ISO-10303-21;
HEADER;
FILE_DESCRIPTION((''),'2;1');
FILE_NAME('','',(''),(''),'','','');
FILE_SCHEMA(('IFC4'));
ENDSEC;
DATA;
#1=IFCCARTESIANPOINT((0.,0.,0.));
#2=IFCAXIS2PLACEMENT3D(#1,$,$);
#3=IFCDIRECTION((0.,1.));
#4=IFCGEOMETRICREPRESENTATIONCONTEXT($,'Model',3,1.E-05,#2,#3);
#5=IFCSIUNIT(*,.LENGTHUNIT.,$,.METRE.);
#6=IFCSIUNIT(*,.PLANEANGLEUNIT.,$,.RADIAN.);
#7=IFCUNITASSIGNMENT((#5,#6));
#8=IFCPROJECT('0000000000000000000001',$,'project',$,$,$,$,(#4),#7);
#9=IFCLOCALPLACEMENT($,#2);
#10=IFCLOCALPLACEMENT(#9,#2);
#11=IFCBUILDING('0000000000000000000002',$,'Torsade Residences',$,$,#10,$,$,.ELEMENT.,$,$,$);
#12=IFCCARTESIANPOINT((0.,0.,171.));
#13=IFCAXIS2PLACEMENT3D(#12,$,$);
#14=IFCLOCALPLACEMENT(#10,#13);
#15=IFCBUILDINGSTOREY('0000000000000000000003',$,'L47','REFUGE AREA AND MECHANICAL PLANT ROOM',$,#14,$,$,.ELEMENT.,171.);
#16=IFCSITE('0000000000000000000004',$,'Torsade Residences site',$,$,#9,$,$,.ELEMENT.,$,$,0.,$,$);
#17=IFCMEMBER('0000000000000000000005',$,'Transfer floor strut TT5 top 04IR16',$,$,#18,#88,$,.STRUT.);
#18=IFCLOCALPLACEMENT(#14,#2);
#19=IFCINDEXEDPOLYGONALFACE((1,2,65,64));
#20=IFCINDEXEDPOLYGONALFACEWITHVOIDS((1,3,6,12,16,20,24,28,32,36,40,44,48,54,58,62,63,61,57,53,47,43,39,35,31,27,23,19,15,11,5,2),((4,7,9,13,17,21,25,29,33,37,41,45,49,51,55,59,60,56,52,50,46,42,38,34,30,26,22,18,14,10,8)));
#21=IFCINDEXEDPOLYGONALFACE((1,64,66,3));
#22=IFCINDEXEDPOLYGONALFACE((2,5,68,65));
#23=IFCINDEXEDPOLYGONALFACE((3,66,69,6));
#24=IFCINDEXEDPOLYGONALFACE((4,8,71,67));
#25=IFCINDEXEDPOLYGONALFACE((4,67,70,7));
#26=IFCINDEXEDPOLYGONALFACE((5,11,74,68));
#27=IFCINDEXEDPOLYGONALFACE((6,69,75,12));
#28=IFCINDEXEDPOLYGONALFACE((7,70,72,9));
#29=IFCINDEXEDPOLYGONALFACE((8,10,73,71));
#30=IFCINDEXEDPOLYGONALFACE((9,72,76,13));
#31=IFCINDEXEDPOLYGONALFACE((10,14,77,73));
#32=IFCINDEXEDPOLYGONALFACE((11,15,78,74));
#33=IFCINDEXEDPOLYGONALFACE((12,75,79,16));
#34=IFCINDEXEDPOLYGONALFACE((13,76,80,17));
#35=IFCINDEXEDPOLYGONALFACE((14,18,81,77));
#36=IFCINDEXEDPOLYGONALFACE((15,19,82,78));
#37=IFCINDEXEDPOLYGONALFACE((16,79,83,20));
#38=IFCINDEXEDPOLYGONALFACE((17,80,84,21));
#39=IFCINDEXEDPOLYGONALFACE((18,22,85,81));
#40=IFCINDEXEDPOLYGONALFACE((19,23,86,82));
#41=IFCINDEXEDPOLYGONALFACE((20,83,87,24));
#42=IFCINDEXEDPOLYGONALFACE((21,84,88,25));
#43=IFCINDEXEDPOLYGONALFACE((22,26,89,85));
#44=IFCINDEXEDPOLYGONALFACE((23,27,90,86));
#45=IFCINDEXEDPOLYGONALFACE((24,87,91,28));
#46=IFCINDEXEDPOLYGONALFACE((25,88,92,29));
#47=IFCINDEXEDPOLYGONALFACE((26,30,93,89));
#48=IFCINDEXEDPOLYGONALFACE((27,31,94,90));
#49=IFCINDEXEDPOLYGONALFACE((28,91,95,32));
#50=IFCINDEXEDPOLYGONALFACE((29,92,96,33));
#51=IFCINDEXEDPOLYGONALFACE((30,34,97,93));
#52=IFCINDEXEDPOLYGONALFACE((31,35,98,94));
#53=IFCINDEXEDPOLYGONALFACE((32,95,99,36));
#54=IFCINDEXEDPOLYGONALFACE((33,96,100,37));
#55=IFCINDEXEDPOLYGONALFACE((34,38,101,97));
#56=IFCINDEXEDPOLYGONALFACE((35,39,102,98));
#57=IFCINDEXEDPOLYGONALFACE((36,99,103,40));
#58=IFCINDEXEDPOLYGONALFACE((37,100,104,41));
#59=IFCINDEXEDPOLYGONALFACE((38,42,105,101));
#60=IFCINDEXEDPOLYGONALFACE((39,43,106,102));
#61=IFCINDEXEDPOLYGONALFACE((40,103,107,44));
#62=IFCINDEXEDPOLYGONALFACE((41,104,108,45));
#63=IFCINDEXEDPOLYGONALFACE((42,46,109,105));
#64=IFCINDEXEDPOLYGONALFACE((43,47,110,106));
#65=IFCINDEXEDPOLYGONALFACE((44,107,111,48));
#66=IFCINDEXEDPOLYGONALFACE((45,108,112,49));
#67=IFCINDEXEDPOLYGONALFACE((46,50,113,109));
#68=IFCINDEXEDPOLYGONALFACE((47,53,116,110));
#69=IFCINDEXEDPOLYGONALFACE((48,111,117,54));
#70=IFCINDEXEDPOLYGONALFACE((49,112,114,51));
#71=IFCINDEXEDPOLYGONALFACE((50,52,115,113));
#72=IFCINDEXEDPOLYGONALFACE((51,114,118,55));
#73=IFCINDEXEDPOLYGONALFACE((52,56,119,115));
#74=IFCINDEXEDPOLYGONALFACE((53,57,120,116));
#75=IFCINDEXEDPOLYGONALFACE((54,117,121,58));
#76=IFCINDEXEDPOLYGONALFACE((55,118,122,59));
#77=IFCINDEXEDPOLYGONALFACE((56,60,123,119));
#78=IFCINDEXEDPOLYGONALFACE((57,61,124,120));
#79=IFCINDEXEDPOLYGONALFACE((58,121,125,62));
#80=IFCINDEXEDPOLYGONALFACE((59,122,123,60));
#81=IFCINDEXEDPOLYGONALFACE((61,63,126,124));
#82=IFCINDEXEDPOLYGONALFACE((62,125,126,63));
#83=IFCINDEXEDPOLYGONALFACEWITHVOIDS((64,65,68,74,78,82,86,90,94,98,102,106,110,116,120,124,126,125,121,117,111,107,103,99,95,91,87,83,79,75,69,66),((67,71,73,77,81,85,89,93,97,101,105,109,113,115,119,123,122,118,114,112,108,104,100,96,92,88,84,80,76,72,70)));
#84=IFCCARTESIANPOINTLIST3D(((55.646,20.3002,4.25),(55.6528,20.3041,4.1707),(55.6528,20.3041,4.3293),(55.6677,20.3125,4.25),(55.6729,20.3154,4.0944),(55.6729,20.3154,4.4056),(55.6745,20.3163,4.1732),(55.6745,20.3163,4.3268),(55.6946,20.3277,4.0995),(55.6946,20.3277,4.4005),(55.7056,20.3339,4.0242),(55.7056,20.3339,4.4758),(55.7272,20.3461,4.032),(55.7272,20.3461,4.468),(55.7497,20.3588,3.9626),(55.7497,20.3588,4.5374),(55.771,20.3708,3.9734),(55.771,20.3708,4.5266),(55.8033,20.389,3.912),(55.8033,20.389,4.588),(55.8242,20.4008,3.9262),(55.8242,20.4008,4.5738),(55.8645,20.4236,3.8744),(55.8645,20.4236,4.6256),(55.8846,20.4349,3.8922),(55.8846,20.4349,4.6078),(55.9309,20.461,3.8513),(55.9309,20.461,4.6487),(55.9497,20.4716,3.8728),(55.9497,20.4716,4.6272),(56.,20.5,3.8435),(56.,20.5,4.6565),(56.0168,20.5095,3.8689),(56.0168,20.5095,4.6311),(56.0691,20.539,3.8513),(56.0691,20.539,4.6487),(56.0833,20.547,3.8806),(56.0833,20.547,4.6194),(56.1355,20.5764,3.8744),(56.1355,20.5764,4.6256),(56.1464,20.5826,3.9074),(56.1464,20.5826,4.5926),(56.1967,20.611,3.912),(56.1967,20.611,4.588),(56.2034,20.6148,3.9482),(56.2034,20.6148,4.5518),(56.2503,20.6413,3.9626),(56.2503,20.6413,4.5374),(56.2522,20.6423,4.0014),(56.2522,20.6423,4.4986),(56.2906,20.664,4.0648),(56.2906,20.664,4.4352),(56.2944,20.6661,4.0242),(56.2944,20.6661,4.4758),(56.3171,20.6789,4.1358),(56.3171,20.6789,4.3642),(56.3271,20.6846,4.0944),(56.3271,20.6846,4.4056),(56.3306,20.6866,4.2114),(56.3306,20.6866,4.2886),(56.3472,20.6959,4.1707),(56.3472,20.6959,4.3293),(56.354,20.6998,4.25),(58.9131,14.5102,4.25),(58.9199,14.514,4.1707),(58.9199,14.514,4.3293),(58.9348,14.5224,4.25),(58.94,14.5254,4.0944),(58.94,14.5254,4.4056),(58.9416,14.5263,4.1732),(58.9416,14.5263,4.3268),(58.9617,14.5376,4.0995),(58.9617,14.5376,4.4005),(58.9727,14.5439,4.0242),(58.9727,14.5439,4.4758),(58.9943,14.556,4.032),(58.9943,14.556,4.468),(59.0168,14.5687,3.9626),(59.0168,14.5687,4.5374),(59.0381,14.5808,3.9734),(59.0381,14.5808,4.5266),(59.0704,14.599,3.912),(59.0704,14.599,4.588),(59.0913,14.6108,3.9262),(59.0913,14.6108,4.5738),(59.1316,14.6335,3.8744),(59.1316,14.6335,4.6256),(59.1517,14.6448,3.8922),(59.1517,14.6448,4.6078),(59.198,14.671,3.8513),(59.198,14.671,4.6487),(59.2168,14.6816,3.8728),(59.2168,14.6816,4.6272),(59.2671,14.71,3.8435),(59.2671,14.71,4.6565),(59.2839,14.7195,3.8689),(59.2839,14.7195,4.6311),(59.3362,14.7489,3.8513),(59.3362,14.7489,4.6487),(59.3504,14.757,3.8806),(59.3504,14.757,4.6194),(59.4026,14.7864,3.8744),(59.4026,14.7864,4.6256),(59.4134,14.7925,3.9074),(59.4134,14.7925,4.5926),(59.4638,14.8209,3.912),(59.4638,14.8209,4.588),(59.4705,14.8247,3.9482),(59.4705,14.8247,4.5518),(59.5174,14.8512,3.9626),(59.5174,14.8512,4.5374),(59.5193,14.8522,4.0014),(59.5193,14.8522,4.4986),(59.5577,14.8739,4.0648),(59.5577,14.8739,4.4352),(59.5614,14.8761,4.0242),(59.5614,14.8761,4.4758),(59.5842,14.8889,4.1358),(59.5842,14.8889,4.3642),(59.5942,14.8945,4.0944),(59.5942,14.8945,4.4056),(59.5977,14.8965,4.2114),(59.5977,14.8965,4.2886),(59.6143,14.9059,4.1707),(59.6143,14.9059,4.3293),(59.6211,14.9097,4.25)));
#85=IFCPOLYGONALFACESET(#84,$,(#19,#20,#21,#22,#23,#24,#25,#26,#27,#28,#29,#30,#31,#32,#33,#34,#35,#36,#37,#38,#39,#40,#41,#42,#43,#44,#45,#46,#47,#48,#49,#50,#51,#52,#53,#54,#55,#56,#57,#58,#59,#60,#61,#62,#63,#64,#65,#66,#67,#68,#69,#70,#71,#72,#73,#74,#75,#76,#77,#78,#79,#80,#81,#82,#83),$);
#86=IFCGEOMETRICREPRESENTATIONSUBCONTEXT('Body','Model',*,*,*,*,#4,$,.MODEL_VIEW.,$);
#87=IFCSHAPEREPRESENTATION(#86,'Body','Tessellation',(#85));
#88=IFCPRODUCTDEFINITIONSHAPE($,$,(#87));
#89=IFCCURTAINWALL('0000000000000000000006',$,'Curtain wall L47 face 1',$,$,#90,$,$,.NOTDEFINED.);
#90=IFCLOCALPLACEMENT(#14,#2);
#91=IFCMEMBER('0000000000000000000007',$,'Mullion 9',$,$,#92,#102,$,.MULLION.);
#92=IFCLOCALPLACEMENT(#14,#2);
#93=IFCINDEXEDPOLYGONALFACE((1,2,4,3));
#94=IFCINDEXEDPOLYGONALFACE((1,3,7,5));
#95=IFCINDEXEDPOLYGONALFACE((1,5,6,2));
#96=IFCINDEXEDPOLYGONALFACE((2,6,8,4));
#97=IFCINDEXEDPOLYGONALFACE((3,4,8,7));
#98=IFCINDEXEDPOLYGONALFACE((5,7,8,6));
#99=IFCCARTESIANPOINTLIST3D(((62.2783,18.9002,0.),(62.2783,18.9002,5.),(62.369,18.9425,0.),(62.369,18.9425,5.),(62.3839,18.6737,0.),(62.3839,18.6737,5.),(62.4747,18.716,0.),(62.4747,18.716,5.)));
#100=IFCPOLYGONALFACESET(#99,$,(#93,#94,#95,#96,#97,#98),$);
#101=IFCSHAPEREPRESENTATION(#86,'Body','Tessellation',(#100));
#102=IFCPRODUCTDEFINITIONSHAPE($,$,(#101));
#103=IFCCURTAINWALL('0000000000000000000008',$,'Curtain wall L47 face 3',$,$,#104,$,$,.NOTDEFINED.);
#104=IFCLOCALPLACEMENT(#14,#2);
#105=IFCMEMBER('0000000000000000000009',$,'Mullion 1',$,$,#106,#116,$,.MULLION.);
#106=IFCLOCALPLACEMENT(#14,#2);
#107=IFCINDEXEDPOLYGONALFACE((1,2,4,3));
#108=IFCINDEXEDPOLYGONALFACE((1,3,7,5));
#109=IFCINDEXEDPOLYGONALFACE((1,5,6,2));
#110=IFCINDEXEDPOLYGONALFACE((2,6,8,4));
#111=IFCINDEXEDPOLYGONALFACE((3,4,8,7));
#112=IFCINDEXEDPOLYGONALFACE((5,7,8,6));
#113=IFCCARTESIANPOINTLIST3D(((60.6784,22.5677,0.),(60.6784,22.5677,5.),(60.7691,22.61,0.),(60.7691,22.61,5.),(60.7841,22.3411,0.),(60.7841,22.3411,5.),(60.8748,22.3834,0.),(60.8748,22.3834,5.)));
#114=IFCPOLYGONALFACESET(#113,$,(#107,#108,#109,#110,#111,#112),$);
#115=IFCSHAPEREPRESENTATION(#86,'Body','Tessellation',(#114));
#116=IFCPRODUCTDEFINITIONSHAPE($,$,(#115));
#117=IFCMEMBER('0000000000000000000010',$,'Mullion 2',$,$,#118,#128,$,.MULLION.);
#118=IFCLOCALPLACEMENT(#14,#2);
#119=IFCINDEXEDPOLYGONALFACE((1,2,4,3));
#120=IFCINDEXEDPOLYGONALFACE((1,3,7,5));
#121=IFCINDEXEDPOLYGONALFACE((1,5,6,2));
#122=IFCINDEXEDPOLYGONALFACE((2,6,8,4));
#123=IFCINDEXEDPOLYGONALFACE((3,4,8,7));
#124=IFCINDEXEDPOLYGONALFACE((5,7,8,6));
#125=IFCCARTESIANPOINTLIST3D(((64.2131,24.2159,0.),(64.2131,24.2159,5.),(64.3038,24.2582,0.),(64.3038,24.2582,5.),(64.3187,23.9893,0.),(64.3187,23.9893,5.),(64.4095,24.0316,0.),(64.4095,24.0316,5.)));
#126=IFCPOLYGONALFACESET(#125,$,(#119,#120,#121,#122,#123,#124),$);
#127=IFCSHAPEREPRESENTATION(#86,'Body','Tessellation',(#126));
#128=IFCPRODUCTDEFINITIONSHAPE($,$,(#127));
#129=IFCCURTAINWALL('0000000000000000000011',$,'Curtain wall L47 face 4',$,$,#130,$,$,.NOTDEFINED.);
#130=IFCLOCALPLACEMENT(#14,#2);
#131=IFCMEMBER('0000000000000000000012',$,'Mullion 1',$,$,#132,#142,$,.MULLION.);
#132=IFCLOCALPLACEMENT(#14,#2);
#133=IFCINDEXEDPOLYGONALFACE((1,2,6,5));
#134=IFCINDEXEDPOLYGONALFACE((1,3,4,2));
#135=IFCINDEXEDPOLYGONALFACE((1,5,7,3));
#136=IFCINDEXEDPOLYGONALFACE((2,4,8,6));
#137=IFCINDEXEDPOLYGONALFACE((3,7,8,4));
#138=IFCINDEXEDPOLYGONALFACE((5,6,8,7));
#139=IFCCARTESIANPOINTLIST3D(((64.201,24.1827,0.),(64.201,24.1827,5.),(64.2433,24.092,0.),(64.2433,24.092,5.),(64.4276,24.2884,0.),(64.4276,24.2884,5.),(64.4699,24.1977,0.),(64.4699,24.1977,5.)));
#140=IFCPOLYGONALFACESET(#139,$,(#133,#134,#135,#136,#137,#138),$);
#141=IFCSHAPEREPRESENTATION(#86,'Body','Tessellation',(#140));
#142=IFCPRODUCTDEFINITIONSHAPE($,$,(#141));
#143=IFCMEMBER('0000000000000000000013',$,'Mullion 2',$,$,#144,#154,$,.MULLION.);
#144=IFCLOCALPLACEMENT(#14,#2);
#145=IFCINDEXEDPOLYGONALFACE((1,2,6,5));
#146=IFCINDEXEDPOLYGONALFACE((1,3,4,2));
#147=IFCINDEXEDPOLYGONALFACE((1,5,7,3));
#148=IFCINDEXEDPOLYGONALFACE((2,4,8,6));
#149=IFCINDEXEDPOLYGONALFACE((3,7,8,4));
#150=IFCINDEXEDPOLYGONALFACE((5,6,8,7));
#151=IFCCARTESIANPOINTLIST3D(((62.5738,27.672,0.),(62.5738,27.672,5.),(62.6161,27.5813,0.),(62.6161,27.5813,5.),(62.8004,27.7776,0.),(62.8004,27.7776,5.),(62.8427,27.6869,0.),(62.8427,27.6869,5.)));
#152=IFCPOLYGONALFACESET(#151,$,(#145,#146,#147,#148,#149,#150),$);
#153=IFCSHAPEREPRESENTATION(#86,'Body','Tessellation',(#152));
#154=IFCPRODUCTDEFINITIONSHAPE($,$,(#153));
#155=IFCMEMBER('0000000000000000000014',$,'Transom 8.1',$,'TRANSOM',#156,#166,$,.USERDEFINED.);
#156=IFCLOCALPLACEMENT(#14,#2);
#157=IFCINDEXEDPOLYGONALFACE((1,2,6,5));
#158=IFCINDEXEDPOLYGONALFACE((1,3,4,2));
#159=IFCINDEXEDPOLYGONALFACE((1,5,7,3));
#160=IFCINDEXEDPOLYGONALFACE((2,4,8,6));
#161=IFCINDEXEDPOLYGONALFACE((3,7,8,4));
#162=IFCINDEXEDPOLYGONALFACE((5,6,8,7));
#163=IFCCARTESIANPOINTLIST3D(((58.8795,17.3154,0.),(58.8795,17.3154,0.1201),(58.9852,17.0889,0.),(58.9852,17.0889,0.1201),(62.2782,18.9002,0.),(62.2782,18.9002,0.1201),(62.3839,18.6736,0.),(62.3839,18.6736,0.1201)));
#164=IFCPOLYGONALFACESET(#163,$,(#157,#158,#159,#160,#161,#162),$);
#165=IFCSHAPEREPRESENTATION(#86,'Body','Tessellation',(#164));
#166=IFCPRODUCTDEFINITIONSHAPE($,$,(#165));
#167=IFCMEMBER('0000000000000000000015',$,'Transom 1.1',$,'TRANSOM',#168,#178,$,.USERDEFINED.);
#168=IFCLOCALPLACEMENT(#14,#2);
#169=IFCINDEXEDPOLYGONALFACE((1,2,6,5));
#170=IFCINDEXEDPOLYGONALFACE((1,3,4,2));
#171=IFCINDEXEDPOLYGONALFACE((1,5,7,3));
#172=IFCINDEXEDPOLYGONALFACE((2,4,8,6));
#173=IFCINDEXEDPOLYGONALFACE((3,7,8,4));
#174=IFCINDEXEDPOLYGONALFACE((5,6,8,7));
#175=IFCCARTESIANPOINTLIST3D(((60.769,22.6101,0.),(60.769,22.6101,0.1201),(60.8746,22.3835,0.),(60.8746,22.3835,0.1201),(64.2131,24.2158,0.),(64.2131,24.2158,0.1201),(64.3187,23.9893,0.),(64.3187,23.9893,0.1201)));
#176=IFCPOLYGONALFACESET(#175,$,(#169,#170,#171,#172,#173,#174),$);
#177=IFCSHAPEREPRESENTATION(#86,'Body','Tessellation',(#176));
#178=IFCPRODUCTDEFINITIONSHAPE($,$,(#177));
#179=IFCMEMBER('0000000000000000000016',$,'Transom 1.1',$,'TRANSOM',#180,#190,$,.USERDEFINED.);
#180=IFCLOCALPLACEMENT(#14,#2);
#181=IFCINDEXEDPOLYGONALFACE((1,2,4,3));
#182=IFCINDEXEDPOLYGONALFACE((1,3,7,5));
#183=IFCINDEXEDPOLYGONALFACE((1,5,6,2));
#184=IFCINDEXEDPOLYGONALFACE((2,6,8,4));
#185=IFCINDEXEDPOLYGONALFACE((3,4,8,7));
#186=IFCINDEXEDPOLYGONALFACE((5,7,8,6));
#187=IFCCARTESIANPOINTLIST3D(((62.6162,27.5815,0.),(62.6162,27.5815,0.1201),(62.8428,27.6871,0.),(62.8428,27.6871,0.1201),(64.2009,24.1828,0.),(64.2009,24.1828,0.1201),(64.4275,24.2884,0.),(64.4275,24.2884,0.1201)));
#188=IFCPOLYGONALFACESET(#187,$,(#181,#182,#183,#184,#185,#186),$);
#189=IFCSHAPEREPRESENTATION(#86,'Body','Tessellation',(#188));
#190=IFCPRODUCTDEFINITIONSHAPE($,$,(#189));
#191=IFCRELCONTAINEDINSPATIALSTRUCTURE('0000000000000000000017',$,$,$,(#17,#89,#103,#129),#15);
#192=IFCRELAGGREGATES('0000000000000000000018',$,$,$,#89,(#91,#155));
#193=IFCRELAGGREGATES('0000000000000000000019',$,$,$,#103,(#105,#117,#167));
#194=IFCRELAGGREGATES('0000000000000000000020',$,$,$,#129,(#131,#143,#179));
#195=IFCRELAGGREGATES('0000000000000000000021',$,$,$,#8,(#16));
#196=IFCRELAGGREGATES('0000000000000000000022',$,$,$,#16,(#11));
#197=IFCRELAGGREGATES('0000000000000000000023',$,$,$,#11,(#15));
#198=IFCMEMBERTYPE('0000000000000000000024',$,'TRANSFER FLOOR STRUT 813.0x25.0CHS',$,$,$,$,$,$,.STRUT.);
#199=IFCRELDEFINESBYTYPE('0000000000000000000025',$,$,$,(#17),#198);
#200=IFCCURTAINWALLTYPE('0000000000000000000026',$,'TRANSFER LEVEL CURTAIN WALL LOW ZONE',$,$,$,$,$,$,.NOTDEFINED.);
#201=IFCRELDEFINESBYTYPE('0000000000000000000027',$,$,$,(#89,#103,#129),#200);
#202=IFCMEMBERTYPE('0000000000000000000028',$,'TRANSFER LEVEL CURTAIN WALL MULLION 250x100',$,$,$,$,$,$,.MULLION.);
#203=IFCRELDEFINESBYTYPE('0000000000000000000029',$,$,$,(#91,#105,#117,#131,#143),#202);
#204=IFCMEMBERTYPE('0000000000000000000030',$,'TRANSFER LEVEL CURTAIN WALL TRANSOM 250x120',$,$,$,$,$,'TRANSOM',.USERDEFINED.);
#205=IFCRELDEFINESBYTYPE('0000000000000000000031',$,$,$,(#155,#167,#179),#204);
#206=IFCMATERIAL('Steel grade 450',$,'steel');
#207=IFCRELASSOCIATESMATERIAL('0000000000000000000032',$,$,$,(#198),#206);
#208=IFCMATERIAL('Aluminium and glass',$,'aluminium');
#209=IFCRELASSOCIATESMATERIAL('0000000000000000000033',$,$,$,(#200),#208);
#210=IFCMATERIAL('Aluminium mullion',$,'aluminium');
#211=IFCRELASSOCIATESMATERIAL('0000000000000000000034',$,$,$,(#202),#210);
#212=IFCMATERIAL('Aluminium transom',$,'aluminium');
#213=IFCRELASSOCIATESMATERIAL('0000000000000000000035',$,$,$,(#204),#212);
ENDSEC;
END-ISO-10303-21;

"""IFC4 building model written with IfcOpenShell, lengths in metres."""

from ifc_helpers import new_model, si_unit, direction, frame, origin, origin_2d, place, context, subcontext, project, spatial, rectangle, hollow_circle, extrude, material, material_profile, profile_set, type_object, element, aggregate, save


model = new_model("IFC4")

# Units and contexts
model_context = context("Model", 3, precision=1e-05, world=origin(), true_north=direction((0.0, 1.0)))
body_context = subcontext(model_context, "Body", "Model", "MODEL_VIEW")
ifc_project = project(units=[si_unit("LENGTHUNIT", "METRE"), si_unit("PLANEANGLEUNIT", "RADIAN")], contexts=[model_context])

# Site, building, storey
site_placement = place(None, origin())
site = spatial("IfcSite", under=ifc_project, at=site_placement, Name="Torsade Residences site", CompositionType="ELEMENT", RefElevation=0.0)
building_placement = place(site_placement, origin())
building = spatial("IfcBuilding", under=site, at=building_placement, Name="Torsade Residences", CompositionType="ELEMENT")
storey_placement = place(building_placement, frame((0.0, 0.0, 171.0)))
storey = spatial("IfcBuildingStorey", under=building, at=storey_placement, Name="L47", Description="REFUGE AREA AND MECHANICAL PLANT ROOM", CompositionType="ELEMENT", Elevation=171.0)

# Member
ifc_material_1 = material(Name="Steel grade 450", Category="steel")
ifc_material_profile_1 = material_profile(ifc_material_1, hollow_circle(Radius=0.4065, WallThickness=0.0249, at=origin_2d()), Name="813.0x25.0CHS")
ifc_profile_set_1 = profile_set([ifc_material_profile_1], Name="Steel grade 450")
member_type_1 = type_object("IfcMemberType", Name="TRANSFER FLOOR STRUT 813.0x25.0CHS", PredefinedType="STRUT", material=ifc_profile_set_1)
member_1_placement = place(storey_placement, frame((59.2671, 14.71, 4.25), z_axis=(-0.491425, 0.87092, 0.0), x_axis=(-0.87092, -0.491425, 0.0)))
element("IfcMember", 1, at=member_1_placement, inside=storey, type_object=member_type_1, Name="Transfer floor strut TT5 top 04IR16", PredefinedType="STRUT", context=body_context, shape_type="SweptSolid", body=[
    extrude(hollow_circle(Radius=0.4065, WallThickness=0.0249, at=origin_2d()), origin(), (0.0, 0.0, 1.0), 6.6482),
])

# Curtain wall, member
ifc_material_2 = material(Name="Aluminium and glass", Category="aluminium")
curtain_wall_type = type_object("IfcCurtainWallType", Name="TRANSFER LEVEL CURTAIN WALL LOW ZONE", PredefinedType="NOTDEFINED", material=ifc_material_2)
curtain_wall_1_placement = place(storey_placement, origin())
curtain_wall_1 = element("IfcCurtainWall", 2, at=curtain_wall_1_placement, inside=storey, type_object=curtain_wall_type, Name="Curtain wall L47 face 1", PredefinedType="NOTDEFINED")
ifc_material_3 = material(Name="Aluminium mullion", Category="aluminium")
ifc_material_profile_2 = material_profile(ifc_material_3, rectangle(XDim=0.25, YDim=0.1001, at=origin_2d()), Name="TRANSFER LEVEL CURTAIN WALL MULLION 250x100")
ifc_profile_set_2 = profile_set([ifc_material_profile_2], Name="Aluminium mullion")
member_type_2 = type_object("IfcMemberType", Name="TRANSFER LEVEL CURTAIN WALL MULLION 250x100", PredefinedType="MULLION", material=ifc_profile_set_2)
member_2_placement = place(storey_placement, frame((62.3765, 18.8081, 0.0), z_axis=(0.0, 0.0, 1.0), x_axis=(-0.422618, 0.906308, 0.0)))
member_2 = element("IfcMember", 3, at=member_2_placement, type_object=member_type_2, Name="Mullion 9", PredefinedType="MULLION", context=body_context, shape_type="SweptSolid", body=[
    extrude(rectangle(XDim=0.25, YDim=0.1001, at=origin_2d()), origin(), (0.0, 0.0, 1.0), 5.0),
])

# Curtain walls, members
curtain_wall_2_placement = place(storey_placement, origin())
curtain_wall_2 = element("IfcCurtainWall", 4, at=curtain_wall_2_placement, inside=storey, type_object=curtain_wall_type, Name="Curtain wall L47 face 3", PredefinedType="NOTDEFINED")
member_3_placement = place(storey_placement, frame((60.7766, 22.4756, 0.0), z_axis=(0.0, 0.0, 1.0), x_axis=(-0.422618, 0.906308, 0.0)))
member_3 = element("IfcMember", 5, at=member_3_placement, type_object=member_type_2, Name="Mullion 1", PredefinedType="MULLION", context=body_context, shape_type="SweptSolid", body=[
    extrude(rectangle(XDim=0.25, YDim=0.1001, at=origin_2d()), origin(), (0.0, 0.0, 1.0), 5.0),
])
member_4_placement = place(storey_placement, frame((64.3113, 24.1238, 0.0), z_axis=(0.0, 0.0, 1.0), x_axis=(-0.422618, 0.906308, 0.0)))
member_4 = element("IfcMember", 6, at=member_4_placement, type_object=member_type_2, Name="Mullion 2", PredefinedType="MULLION", context=body_context, shape_type="SweptSolid", body=[
    extrude(rectangle(XDim=0.25, YDim=0.1001, at=origin_2d()), origin(), (0.0, 0.0, 1.0), 5.0),
])
curtain_wall_3_placement = place(storey_placement, origin())
curtain_wall_3 = element("IfcCurtainWall", 7, at=curtain_wall_3_placement, inside=storey, type_object=curtain_wall_type, Name="Curtain wall L47 face 4", PredefinedType="NOTDEFINED")
member_5_placement = place(storey_placement, frame((64.3354, 24.1902, 0.0), z_axis=(0.0, 0.0, 1.0), x_axis=(-0.906308, -0.422618, 0.0)))
member_5 = element("IfcMember", 8, at=member_5_placement, type_object=member_type_2, Name="Mullion 1", PredefinedType="MULLION", context=body_context, shape_type="SweptSolid", body=[
    extrude(rectangle(XDim=0.25, YDim=0.1001, at=origin_2d()), origin(), (0.0, 0.0, 1.0), 5.0),
])
member_6_placement = place(storey_placement, frame((62.7083, 27.6794, 0.0), z_axis=(0.0, 0.0, 1.0), x_axis=(-0.906308, -0.422618, 0.0)))
member_6 = element("IfcMember", 9, at=member_6_placement, type_object=member_type_2, Name="Mullion 2", PredefinedType="MULLION", context=body_context, shape_type="SweptSolid", body=[
    extrude(rectangle(XDim=0.25, YDim=0.1001, at=origin_2d()), origin(), (0.0, 0.0, 1.0), 5.0),
])

# Members
ifc_material_4 = material(Name="Aluminium transom", Category="aluminium")
ifc_material_profile_3 = material_profile(ifc_material_4, rectangle(XDim=0.25, YDim=0.1201, at=origin_2d()), Name="TRANSFER LEVEL CURTAIN WALL TRANSOM 250x120")
ifc_profile_set_3 = profile_set([ifc_material_profile_3], Name="Aluminium transom")
member_type_3 = type_object("IfcMemberType", Name="TRANSFER LEVEL CURTAIN WALL TRANSOM 250x120", ElementType="TRANSOM", PredefinedType="USERDEFINED", material=ifc_profile_set_3)
member_7_placement = place(storey_placement, frame((58.9324, 17.2021, 0.0601), z_axis=(0.906319, 0.422593, 0.0), x_axis=(-0.422593, 0.906319, 0.0)))
member_7 = element("IfcMember", 10, at=member_7_placement, type_object=member_type_3, Name="Transom 8.1", ObjectType="TRANSOM", PredefinedType="USERDEFINED", context=body_context, shape_type="SweptSolid", body=[
    extrude(rectangle(XDim=0.25, YDim=0.1201, at=origin_2d()), origin(), (0.0, 0.0, 1.0), 3.75),
])
member_8_placement = place(storey_placement, frame((60.8218, 22.4968, 0.0601), z_axis=(0.906337, 0.422555, 0.0), x_axis=(-0.422555, 0.906337, 0.0)))
member_8 = element("IfcMember", 11, at=member_8_placement, type_object=member_type_3, Name="Transom 1.1", ObjectType="TRANSOM", PredefinedType="USERDEFINED", context=body_context, shape_type="SweptSolid", body=[
    extrude(rectangle(XDim=0.25, YDim=0.1201, at=origin_2d()), origin(), (0.0, 0.0, 1.0), 3.8),
])
member_9_placement = place(storey_placement, frame((64.3142, 24.2356, 0.0601), z_axis=(-0.422593, 0.906319, 0.0), x_axis=(-0.906319, -0.422593, 0.0)))
member_9 = element("IfcMember", 12, at=member_9_placement, type_object=member_type_3, Name="Transom 1.1", ObjectType="TRANSOM", PredefinedType="USERDEFINED", context=body_context, shape_type="SweptSolid", body=[
    extrude(rectangle(XDim=0.25, YDim=0.1201, at=origin_2d()), origin(), (0.0, 0.0, 1.0), 3.75),
])

aggregate(curtain_wall_1, [member_2, member_7])
aggregate(curtain_wall_2, [member_3, member_4, member_8])
aggregate(curtain_wall_3, [member_5, member_6, member_9])

save(model, "model.ifc")
